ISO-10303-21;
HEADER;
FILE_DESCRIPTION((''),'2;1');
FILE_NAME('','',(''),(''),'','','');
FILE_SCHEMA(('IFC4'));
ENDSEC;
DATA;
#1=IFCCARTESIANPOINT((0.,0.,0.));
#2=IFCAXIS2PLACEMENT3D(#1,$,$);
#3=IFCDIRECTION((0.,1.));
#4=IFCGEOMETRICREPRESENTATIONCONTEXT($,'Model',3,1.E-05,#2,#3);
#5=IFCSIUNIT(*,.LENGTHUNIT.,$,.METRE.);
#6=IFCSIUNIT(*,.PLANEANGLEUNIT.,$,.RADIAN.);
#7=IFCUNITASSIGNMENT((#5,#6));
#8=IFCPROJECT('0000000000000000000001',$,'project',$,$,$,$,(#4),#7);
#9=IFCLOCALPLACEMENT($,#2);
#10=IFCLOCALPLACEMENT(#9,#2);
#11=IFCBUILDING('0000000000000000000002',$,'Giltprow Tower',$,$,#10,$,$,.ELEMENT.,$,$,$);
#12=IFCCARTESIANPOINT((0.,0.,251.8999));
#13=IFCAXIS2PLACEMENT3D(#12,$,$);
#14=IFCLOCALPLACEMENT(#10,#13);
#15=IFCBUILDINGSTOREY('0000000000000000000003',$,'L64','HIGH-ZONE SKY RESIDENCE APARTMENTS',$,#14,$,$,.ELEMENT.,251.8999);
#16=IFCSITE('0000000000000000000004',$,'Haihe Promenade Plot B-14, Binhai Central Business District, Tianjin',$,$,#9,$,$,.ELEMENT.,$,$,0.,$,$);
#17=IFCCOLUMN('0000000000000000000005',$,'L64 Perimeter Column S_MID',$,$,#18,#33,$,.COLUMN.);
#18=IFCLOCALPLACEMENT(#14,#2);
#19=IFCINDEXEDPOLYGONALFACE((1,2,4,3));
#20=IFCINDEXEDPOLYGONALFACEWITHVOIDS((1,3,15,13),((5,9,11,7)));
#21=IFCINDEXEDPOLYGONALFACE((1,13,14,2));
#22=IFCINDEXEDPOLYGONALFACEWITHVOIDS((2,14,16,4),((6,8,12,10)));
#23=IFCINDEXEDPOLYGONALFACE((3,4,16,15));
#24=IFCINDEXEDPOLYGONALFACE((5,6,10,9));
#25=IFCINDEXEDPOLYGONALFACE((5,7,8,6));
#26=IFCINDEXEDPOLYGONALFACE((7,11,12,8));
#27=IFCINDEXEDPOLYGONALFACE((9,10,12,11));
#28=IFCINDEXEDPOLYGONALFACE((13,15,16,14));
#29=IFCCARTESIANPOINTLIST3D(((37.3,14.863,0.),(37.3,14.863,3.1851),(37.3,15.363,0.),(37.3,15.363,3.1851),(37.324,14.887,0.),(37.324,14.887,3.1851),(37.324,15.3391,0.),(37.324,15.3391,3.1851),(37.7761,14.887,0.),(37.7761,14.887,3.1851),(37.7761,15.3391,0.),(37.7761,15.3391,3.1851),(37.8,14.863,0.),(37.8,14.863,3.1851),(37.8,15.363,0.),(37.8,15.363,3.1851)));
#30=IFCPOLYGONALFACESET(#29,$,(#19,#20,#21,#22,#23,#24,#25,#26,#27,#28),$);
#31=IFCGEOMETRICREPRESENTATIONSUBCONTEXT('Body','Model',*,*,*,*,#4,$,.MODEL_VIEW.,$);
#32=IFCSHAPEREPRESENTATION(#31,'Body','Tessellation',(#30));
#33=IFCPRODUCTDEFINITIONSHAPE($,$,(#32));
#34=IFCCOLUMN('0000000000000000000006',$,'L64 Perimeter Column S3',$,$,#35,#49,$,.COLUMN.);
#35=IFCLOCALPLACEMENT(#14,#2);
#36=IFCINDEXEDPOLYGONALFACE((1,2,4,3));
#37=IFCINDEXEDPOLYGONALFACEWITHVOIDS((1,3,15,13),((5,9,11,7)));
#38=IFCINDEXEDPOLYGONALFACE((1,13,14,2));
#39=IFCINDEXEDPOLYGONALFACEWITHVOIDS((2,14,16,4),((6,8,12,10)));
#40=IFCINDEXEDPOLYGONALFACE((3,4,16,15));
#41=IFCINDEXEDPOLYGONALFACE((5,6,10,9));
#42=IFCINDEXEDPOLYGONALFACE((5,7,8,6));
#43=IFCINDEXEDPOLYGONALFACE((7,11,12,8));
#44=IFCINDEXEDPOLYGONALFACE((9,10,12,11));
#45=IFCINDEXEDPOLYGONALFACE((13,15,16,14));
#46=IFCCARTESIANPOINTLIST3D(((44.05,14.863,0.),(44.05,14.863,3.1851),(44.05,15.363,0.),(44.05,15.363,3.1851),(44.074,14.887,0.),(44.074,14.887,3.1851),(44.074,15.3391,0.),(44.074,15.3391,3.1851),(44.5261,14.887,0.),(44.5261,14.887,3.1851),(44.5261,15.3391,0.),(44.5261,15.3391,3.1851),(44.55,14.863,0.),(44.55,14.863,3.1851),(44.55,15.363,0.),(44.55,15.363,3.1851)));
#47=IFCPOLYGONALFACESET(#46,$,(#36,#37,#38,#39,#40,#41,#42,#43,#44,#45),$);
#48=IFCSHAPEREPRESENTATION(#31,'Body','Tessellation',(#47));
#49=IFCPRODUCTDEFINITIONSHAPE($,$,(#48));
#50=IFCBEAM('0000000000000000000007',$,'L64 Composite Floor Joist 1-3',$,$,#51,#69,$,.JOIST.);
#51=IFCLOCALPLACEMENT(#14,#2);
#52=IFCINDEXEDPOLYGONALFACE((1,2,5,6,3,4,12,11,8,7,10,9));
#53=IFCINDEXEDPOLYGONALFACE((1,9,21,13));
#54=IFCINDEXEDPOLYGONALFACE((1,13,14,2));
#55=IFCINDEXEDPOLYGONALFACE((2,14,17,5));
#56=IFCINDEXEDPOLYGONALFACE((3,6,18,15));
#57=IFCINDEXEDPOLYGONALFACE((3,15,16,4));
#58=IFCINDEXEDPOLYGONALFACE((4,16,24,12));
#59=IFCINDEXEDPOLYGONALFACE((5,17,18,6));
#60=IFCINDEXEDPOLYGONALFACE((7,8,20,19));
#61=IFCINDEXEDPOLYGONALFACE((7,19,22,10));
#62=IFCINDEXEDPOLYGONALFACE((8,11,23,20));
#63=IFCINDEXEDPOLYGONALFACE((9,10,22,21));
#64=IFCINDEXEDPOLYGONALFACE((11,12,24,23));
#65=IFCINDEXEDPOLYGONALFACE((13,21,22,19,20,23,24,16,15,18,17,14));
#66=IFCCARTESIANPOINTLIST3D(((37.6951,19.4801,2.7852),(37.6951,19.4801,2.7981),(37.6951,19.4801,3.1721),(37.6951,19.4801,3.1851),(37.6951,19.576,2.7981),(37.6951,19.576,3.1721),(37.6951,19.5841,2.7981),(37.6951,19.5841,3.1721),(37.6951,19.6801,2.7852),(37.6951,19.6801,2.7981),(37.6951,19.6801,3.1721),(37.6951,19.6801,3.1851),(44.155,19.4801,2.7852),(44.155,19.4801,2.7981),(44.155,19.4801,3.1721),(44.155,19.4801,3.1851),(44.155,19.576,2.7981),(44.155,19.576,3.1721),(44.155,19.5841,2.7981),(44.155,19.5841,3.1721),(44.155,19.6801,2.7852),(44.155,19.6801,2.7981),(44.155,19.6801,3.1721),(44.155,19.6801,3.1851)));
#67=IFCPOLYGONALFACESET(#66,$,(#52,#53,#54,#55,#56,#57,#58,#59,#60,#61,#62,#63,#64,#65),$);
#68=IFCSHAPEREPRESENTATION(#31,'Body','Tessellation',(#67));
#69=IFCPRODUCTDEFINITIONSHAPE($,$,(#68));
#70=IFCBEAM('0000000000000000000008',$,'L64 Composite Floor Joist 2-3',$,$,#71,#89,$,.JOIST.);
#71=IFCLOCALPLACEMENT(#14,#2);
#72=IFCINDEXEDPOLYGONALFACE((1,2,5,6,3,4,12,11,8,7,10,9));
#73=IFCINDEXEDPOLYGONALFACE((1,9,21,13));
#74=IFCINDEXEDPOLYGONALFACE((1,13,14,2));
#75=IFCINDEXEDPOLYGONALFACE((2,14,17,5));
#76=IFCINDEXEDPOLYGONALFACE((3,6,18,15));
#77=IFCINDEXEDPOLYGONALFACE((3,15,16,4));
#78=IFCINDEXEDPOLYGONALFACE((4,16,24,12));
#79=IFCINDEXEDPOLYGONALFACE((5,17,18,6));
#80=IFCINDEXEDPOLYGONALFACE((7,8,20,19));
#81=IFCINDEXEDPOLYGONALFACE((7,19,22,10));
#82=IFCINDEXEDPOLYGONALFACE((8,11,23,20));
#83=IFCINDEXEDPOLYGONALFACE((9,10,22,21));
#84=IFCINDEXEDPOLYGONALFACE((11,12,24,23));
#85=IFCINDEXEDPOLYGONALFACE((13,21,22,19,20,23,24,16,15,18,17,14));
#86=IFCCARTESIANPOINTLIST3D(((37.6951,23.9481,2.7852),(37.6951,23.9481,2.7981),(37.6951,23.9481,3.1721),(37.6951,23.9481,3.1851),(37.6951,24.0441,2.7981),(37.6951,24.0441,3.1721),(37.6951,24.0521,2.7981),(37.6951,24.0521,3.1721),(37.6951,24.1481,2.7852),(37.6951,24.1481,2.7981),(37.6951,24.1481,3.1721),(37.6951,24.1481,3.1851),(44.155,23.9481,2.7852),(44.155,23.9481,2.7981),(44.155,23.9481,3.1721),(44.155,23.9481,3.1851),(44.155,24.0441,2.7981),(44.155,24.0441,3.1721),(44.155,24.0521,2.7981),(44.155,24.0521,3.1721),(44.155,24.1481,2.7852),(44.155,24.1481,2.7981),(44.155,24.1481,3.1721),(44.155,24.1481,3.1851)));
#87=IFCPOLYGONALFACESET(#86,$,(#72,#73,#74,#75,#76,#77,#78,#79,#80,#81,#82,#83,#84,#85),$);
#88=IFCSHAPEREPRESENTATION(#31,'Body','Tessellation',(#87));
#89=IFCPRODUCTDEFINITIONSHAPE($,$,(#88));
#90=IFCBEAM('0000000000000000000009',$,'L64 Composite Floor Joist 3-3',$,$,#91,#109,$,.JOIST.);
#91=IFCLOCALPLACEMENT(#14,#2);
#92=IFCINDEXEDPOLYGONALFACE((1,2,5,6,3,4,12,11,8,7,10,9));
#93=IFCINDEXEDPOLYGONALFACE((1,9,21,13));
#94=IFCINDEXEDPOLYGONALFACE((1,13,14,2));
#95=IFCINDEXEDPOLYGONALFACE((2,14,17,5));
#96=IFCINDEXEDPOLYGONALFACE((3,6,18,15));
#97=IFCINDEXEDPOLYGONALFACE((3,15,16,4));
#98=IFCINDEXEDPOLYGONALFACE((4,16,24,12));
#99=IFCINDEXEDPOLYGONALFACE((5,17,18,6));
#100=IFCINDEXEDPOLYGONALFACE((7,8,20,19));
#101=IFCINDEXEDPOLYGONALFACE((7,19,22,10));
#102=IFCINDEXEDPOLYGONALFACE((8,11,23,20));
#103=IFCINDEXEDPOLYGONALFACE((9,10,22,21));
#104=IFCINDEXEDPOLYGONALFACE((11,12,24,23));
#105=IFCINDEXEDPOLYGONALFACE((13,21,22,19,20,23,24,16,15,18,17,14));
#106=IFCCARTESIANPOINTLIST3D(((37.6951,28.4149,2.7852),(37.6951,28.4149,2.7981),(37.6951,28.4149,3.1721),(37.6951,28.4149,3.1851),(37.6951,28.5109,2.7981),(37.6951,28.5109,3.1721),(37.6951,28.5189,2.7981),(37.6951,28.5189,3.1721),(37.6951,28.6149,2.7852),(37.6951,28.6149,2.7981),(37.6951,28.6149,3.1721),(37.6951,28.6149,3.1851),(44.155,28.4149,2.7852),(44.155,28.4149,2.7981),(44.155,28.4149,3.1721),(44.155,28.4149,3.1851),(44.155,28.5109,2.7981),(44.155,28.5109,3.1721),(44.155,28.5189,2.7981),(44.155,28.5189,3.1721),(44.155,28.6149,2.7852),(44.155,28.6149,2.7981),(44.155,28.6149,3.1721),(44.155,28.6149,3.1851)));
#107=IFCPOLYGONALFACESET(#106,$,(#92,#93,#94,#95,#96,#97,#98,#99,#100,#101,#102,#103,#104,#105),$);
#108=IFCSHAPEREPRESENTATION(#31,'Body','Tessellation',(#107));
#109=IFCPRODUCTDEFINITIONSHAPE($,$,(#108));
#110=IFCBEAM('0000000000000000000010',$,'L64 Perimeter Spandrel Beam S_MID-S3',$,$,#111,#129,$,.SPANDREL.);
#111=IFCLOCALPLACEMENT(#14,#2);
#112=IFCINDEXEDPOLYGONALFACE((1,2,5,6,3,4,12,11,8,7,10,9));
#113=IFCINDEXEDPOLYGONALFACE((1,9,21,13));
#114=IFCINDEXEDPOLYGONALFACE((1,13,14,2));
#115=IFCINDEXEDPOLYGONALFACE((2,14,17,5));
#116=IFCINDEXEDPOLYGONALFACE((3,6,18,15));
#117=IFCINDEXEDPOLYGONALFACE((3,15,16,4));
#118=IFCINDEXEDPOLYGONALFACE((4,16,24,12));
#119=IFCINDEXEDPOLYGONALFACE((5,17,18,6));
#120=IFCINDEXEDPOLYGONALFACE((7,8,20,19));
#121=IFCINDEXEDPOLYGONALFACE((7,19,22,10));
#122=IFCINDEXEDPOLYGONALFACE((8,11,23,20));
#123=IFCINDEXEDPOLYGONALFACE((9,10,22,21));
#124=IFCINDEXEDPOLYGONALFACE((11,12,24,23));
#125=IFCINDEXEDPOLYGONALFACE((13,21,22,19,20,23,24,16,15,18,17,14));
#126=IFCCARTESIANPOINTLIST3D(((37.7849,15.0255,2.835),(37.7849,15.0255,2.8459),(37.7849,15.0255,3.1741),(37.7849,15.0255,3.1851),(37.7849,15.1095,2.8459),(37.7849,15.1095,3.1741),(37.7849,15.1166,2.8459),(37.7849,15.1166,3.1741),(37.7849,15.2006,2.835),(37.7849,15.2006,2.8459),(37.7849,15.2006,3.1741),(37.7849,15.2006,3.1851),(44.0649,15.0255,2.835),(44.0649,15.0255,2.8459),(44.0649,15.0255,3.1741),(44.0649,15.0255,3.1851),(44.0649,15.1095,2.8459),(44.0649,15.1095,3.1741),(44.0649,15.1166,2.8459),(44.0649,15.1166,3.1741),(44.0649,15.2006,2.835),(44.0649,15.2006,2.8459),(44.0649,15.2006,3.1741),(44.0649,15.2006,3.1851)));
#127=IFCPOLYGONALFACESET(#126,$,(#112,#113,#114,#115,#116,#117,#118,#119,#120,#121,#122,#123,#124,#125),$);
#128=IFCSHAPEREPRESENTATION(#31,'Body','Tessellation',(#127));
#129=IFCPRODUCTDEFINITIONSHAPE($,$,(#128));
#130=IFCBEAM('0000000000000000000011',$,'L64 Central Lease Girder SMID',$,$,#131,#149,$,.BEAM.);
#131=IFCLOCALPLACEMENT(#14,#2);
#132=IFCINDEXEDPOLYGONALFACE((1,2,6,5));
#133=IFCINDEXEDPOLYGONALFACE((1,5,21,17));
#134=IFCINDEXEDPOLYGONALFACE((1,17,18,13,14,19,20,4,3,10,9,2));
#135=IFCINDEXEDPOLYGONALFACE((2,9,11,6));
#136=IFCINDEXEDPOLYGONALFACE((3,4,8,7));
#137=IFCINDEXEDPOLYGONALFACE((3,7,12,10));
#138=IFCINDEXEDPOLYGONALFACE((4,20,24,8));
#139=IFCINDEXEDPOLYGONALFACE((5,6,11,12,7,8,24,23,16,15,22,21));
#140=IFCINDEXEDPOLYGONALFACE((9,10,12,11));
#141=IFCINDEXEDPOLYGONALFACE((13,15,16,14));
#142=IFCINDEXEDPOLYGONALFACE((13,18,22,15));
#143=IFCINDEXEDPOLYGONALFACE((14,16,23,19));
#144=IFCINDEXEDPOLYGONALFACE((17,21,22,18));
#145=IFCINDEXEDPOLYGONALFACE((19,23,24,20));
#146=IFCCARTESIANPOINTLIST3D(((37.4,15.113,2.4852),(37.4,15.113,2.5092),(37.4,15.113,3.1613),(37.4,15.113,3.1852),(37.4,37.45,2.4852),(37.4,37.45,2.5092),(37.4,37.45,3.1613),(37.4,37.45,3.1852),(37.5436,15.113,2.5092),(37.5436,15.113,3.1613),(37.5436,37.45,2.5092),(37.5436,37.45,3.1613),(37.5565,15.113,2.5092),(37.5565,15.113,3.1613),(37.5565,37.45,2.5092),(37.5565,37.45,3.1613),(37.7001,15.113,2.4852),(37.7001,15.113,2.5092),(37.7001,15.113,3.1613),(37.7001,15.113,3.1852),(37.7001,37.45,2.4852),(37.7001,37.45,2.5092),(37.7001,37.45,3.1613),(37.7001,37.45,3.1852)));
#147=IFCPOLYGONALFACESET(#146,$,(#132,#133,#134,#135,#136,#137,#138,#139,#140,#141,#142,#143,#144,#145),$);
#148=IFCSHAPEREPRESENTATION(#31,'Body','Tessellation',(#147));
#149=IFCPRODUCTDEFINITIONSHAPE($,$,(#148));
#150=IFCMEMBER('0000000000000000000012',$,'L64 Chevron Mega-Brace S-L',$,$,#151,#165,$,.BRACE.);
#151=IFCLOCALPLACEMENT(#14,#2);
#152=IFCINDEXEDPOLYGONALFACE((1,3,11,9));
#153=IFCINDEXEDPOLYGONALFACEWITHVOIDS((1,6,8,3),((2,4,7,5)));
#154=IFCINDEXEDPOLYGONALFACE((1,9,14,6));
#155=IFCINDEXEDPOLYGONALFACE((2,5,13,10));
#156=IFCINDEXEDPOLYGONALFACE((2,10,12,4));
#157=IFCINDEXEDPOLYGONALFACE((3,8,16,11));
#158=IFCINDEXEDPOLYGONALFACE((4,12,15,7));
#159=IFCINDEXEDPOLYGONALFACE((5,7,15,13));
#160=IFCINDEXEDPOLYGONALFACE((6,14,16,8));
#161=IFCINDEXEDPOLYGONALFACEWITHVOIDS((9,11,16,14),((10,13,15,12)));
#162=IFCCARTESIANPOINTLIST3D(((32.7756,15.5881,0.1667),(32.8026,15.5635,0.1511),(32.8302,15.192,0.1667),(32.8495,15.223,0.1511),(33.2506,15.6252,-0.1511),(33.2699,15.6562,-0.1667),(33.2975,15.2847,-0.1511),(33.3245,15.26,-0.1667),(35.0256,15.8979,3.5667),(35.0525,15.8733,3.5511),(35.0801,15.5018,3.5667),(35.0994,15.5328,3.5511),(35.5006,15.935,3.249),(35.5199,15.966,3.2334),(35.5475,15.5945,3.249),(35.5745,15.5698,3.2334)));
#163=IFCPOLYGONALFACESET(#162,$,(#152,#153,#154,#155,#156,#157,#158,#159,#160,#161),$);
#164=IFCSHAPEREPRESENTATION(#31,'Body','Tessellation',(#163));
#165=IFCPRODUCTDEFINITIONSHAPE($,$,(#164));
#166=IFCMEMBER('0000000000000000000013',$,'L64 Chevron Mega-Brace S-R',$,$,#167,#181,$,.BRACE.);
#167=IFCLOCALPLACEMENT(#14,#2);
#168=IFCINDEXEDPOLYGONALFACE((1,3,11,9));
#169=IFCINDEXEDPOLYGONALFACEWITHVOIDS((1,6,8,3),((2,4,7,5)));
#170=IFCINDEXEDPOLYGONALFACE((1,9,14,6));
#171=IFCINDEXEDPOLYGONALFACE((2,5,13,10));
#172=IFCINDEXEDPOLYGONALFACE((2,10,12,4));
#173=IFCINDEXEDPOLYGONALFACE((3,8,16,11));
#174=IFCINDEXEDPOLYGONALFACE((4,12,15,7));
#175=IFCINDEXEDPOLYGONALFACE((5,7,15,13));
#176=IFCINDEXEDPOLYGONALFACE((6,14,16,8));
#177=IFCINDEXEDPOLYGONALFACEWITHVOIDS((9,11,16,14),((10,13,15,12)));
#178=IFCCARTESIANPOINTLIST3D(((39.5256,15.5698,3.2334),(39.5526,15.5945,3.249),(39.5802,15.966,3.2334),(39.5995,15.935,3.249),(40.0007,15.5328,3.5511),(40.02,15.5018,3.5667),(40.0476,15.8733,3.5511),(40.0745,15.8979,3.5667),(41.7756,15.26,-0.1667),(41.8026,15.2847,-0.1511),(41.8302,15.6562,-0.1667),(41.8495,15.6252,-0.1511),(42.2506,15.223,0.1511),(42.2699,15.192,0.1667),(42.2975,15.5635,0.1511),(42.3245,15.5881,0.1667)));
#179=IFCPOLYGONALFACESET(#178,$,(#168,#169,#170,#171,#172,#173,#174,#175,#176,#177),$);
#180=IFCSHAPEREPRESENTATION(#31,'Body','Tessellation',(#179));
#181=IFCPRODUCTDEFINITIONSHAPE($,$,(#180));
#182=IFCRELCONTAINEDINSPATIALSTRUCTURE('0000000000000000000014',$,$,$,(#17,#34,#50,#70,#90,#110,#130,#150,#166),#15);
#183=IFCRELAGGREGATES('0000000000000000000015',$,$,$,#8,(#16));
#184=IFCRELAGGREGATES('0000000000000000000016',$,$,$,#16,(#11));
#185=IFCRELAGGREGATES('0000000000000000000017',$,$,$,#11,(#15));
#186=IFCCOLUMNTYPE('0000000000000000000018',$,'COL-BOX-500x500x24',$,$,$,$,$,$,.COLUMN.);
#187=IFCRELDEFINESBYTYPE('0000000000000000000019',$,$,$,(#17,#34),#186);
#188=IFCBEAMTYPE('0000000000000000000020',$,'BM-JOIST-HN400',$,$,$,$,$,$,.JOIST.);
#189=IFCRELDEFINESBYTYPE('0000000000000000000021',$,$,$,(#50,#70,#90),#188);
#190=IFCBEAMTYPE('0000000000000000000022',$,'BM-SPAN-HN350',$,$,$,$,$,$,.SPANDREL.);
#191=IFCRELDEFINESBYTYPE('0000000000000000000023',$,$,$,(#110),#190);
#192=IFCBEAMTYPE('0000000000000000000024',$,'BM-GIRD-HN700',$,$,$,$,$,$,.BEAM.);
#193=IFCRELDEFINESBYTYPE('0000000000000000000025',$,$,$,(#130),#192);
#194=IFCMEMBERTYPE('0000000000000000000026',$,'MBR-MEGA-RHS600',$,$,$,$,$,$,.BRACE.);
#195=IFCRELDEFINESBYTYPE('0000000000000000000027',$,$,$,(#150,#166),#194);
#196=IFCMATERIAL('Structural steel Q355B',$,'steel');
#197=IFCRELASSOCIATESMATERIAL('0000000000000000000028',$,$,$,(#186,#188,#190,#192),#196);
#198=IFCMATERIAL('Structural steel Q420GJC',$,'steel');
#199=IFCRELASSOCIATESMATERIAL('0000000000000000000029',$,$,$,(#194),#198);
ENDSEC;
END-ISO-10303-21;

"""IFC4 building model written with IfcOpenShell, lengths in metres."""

from ifc_helpers import new_model, si_unit, direction, frame, origin, origin_2d, place, context, subcontext, project, spatial, hollow_rectangle, i_section, extrude, source, transform, mapped, material, material_profile, profile_set, type_object, element, save


model = new_model("IFC4")

# Units and contexts
model_context = context("Model", 3, precision=1e-05, world=origin(), true_north=direction((0.0, 1.0)))
body_context = subcontext(model_context, "Body", "Model", "MODEL_VIEW")
ifc_project = project(units=[si_unit("LENGTHUNIT", "METRE"), si_unit("PLANEANGLEUNIT", "RADIAN")], contexts=[model_context])

# Site, building, storey
site_placement = place(None, origin())
site = spatial("IfcSite", under=ifc_project, at=site_placement, Name="Haihe Promenade Plot B-14, Binhai Central Business District, Tianjin", CompositionType="ELEMENT", RefElevation=0.0)
building_placement = place(site_placement, origin())
building = spatial("IfcBuilding", under=site, at=building_placement, Name="Giltprow Tower", CompositionType="ELEMENT")
storey_placement = place(building_placement, frame((0.0, 0.0, 251.8999)))
storey = spatial("IfcBuildingStorey", under=building, at=storey_placement, Name="L64", Description="HIGH-ZONE SKY RESIDENCE APARTMENTS", CompositionType="ELEMENT", Elevation=251.8999)

# Columns
ifc_material_1 = material(Name="Structural steel Q355B", Category="steel")
ifc_material_profile_1 = material_profile(ifc_material_1, hollow_rectangle(XDim=0.5, YDim=0.5, WallThickness=0.0239, at=origin_2d()), Name="BOX 500x500x24")
ifc_profile_set_1 = profile_set([ifc_material_profile_1], Name="Structural steel Q355B")
column_type = type_object("IfcColumnType", Name="COL-BOX-500x500x24", PredefinedType="COLUMN", material=ifc_profile_set_1)
shared_shape_1 = source(origin(), body_context, "Body", "SweptSolid", [
    extrude(hollow_rectangle(XDim=0.5, YDim=0.5, WallThickness=0.0239, at=origin_2d()), origin(), (0.0, 0.0, 1.0), 3.1851),
])
for number, where, z_axis, x_axis, name in (
    (1, (37.55, 15.113, 0.0), (0.0, 0.0, 1.0), (1.0, 0.0, 0.0), "L64 Perimeter Column S_MID"),
    (2, (44.3, 15.113, 0.0), (0.0, 0.0, 1.0), (1.0, 0.0, 0.0), "L64 Perimeter Column S3"),
):
    element("IfcColumn", number, at=place(storey_placement, frame(where, z_axis=z_axis, x_axis=x_axis)), inside=storey, type_object=column_type, Name=name, PredefinedType="COLUMN", context=body_context, shape_type="MappedRepresentation", body=[
        mapped(shared_shape_1, transform((0.0, 0.0, 0.0), x_axis=(1.0, 0.0, 0.0), y_axis=(0.0, 1.0, 0.0), z_axis=(0.0, 0.0, 1.0), scale=1.0)),
    ])

# Beams
ifc_material_profile_2 = material_profile(ifc_material_1, i_section(OverallWidth=0.2, OverallDepth=0.3999, WebThickness=0.0081, FlangeThickness=0.0129, at=origin_2d()), Name="HN 400x200x8x13")
ifc_profile_set_2 = profile_set([ifc_material_profile_2], Name="Structural steel Q355B")
beam_type_1 = type_object("IfcBeamType", Name="BM-JOIST-HN400", PredefinedType="JOIST", material=ifc_profile_set_2)
shared_shape_2 = source(origin(), body_context, "Body", "SweptSolid", [
    extrude(i_section(OverallWidth=0.2, OverallDepth=0.3999, WebThickness=0.0081, FlangeThickness=0.0129, at=origin_2d()), origin(), (0.0, 0.0, 1.0), 6.46),
])
for number, where, z_axis, x_axis, name in (
    (3, (37.6951, 19.5801, 2.9851), (1.0, 0.0, 0.0), (0.0, 1.0, 0.0), "L64 Composite Floor Joist 1-3"),
    (4, (37.6951, 24.0481, 2.9851), (1.0, 0.0, 0.0), (0.0, 1.0, 0.0), "L64 Composite Floor Joist 2-3"),
    (5, (37.6951, 28.5149, 2.9851), (1.0, 0.0, 0.0), (0.0, 1.0, 0.0), "L64 Composite Floor Joist 3-3"),
):
    element("IfcBeam", number, at=place(storey_placement, frame(where, z_axis=z_axis, x_axis=x_axis)), inside=storey, type_object=beam_type_1, Name=name, PredefinedType="JOIST", context=body_context, shape_type="MappedRepresentation", body=[
        mapped(shared_shape_2, transform((0.0, 0.0, 0.0), x_axis=(1.0, 0.0, 0.0), y_axis=(0.0, 1.0, 0.0), z_axis=(0.0, 0.0, 1.0), scale=1.0)),
    ])
ifc_material_profile_3 = material_profile(ifc_material_1, i_section(OverallWidth=0.175, OverallDepth=0.3501, WebThickness=0.0071, FlangeThickness=0.011, at=origin_2d()), Name="HN 350x175x7x11")
ifc_profile_set_3 = profile_set([ifc_material_profile_3], Name="Structural steel Q355B")
beam_type_2 = type_object("IfcBeamType", Name="BM-SPAN-HN350", PredefinedType="SPANDREL", material=ifc_profile_set_3)
shared_shape_3 = source(origin(), body_context, "Body", "SweptSolid", [
    extrude(i_section(OverallWidth=0.175, OverallDepth=0.3501, WebThickness=0.0071, FlangeThickness=0.011, at=origin_2d()), origin(), (0.0, 0.0, 1.0), 6.28),
])
beam_1_placement = place(storey_placement, frame((37.7849, 15.113, 3.01), z_axis=(1.0, 0.0, 0.0), x_axis=(0.0, 1.0, 0.0)))
element("IfcBeam", 6, at=beam_1_placement, inside=storey, type_object=beam_type_2, Name="L64 Perimeter Spandrel Beam S_MID-S3", PredefinedType="SPANDREL", context=body_context, shape_type="MappedRepresentation", body=[
    mapped(shared_shape_3, transform((0.0, 0.0, 0.0), x_axis=(1.0, 0.0, 0.0), y_axis=(0.0, 1.0, 0.0), z_axis=(0.0, 0.0, 1.0), scale=1.0)),
])
ifc_material_profile_4 = material_profile(ifc_material_1, i_section(OverallWidth=0.3, OverallDepth=0.7, WebThickness=0.0129, FlangeThickness=0.0239, at=origin_2d()), Name="HN 700x300x13x24")
ifc_profile_set_4 = profile_set([ifc_material_profile_4], Name="Structural steel Q355B")
beam_type_3 = type_object("IfcBeamType", Name="BM-GIRD-HN700", PredefinedType="BEAM", material=ifc_profile_set_4)
shared_shape_4 = source(origin(), body_context, "Body", "SweptSolid", [
    extrude(i_section(OverallWidth=0.3, OverallDepth=0.7, WebThickness=0.0129, FlangeThickness=0.0239, at=origin_2d()), origin(), (0.0, 0.0, 1.0), 22.3369),
])
beam_2_placement = place(storey_placement, frame((37.55, 15.113, 2.8352), z_axis=(0.0, 1.0, 0.0), x_axis=(-1.0, 0.0, 0.0)))
element("IfcBeam", 7, at=beam_2_placement, inside=storey, type_object=beam_type_3, Name="L64 Central Lease Girder SMID", PredefinedType="BEAM", context=body_context, shape_type="MappedRepresentation", body=[
    mapped(shared_shape_4, transform((0.0, 0.0, 0.0), x_axis=(1.0, 0.0, 0.0), y_axis=(0.0, 1.0, 0.0), z_axis=(0.0, 0.0, 1.0), scale=1.0)),
])

# Members
ifc_material_2 = material(Name="Structural steel Q420GJC", Category="steel")
ifc_material_profile_5 = material_profile(ifc_material_2, hollow_rectangle(XDim=0.3999, YDim=0.6001, WallThickness=0.0281, at=origin_2d()), Name="RHS 600x400x28")
ifc_profile_set_5 = profile_set([ifc_material_profile_5], Name="Structural steel Q420GJC")
member_type = type_object("IfcMemberType", Name="MBR-MEGA-RHS600", PredefinedType="BRACE", material=ifc_profile_set_5)
shared_shape_5 = source(origin(), body_context, "Body", "SweptSolid", [
    extrude(hollow_rectangle(XDim=0.3999, YDim=0.6001, WallThickness=0.0281, at=origin_2d()), origin(), (0.0, 0.0, 1.0), 4.0889),
])
for number, where, z_axis, x_axis, name in (
    (8, (33.05, 15.4241, 0.0), (0.550264, 0.075769, 0.831546), (-0.136408, 0.990653, 0.0), "L64 Chevron Mega-Brace S-L"),
    (9, (42.05, 15.4241, 0.0), (-0.550264, 0.075769, 0.831546), (-0.136408, -0.990653, 0.0), "L64 Chevron Mega-Brace S-R"),
):
    element("IfcMember", number, at=place(storey_placement, frame(where, z_axis=z_axis, x_axis=x_axis)), inside=storey, type_object=member_type, Name=name, PredefinedType="BRACE", context=body_context, shape_type="MappedRepresentation", body=[
        mapped(shared_shape_5, transform((0.0, 0.0, 0.0), x_axis=(1.0, 0.0, 0.0), y_axis=(0.0, 1.0, 0.0), z_axis=(0.0, 0.0, 1.0), scale=1.0)),
    ])

save(model, "model.ifc")
